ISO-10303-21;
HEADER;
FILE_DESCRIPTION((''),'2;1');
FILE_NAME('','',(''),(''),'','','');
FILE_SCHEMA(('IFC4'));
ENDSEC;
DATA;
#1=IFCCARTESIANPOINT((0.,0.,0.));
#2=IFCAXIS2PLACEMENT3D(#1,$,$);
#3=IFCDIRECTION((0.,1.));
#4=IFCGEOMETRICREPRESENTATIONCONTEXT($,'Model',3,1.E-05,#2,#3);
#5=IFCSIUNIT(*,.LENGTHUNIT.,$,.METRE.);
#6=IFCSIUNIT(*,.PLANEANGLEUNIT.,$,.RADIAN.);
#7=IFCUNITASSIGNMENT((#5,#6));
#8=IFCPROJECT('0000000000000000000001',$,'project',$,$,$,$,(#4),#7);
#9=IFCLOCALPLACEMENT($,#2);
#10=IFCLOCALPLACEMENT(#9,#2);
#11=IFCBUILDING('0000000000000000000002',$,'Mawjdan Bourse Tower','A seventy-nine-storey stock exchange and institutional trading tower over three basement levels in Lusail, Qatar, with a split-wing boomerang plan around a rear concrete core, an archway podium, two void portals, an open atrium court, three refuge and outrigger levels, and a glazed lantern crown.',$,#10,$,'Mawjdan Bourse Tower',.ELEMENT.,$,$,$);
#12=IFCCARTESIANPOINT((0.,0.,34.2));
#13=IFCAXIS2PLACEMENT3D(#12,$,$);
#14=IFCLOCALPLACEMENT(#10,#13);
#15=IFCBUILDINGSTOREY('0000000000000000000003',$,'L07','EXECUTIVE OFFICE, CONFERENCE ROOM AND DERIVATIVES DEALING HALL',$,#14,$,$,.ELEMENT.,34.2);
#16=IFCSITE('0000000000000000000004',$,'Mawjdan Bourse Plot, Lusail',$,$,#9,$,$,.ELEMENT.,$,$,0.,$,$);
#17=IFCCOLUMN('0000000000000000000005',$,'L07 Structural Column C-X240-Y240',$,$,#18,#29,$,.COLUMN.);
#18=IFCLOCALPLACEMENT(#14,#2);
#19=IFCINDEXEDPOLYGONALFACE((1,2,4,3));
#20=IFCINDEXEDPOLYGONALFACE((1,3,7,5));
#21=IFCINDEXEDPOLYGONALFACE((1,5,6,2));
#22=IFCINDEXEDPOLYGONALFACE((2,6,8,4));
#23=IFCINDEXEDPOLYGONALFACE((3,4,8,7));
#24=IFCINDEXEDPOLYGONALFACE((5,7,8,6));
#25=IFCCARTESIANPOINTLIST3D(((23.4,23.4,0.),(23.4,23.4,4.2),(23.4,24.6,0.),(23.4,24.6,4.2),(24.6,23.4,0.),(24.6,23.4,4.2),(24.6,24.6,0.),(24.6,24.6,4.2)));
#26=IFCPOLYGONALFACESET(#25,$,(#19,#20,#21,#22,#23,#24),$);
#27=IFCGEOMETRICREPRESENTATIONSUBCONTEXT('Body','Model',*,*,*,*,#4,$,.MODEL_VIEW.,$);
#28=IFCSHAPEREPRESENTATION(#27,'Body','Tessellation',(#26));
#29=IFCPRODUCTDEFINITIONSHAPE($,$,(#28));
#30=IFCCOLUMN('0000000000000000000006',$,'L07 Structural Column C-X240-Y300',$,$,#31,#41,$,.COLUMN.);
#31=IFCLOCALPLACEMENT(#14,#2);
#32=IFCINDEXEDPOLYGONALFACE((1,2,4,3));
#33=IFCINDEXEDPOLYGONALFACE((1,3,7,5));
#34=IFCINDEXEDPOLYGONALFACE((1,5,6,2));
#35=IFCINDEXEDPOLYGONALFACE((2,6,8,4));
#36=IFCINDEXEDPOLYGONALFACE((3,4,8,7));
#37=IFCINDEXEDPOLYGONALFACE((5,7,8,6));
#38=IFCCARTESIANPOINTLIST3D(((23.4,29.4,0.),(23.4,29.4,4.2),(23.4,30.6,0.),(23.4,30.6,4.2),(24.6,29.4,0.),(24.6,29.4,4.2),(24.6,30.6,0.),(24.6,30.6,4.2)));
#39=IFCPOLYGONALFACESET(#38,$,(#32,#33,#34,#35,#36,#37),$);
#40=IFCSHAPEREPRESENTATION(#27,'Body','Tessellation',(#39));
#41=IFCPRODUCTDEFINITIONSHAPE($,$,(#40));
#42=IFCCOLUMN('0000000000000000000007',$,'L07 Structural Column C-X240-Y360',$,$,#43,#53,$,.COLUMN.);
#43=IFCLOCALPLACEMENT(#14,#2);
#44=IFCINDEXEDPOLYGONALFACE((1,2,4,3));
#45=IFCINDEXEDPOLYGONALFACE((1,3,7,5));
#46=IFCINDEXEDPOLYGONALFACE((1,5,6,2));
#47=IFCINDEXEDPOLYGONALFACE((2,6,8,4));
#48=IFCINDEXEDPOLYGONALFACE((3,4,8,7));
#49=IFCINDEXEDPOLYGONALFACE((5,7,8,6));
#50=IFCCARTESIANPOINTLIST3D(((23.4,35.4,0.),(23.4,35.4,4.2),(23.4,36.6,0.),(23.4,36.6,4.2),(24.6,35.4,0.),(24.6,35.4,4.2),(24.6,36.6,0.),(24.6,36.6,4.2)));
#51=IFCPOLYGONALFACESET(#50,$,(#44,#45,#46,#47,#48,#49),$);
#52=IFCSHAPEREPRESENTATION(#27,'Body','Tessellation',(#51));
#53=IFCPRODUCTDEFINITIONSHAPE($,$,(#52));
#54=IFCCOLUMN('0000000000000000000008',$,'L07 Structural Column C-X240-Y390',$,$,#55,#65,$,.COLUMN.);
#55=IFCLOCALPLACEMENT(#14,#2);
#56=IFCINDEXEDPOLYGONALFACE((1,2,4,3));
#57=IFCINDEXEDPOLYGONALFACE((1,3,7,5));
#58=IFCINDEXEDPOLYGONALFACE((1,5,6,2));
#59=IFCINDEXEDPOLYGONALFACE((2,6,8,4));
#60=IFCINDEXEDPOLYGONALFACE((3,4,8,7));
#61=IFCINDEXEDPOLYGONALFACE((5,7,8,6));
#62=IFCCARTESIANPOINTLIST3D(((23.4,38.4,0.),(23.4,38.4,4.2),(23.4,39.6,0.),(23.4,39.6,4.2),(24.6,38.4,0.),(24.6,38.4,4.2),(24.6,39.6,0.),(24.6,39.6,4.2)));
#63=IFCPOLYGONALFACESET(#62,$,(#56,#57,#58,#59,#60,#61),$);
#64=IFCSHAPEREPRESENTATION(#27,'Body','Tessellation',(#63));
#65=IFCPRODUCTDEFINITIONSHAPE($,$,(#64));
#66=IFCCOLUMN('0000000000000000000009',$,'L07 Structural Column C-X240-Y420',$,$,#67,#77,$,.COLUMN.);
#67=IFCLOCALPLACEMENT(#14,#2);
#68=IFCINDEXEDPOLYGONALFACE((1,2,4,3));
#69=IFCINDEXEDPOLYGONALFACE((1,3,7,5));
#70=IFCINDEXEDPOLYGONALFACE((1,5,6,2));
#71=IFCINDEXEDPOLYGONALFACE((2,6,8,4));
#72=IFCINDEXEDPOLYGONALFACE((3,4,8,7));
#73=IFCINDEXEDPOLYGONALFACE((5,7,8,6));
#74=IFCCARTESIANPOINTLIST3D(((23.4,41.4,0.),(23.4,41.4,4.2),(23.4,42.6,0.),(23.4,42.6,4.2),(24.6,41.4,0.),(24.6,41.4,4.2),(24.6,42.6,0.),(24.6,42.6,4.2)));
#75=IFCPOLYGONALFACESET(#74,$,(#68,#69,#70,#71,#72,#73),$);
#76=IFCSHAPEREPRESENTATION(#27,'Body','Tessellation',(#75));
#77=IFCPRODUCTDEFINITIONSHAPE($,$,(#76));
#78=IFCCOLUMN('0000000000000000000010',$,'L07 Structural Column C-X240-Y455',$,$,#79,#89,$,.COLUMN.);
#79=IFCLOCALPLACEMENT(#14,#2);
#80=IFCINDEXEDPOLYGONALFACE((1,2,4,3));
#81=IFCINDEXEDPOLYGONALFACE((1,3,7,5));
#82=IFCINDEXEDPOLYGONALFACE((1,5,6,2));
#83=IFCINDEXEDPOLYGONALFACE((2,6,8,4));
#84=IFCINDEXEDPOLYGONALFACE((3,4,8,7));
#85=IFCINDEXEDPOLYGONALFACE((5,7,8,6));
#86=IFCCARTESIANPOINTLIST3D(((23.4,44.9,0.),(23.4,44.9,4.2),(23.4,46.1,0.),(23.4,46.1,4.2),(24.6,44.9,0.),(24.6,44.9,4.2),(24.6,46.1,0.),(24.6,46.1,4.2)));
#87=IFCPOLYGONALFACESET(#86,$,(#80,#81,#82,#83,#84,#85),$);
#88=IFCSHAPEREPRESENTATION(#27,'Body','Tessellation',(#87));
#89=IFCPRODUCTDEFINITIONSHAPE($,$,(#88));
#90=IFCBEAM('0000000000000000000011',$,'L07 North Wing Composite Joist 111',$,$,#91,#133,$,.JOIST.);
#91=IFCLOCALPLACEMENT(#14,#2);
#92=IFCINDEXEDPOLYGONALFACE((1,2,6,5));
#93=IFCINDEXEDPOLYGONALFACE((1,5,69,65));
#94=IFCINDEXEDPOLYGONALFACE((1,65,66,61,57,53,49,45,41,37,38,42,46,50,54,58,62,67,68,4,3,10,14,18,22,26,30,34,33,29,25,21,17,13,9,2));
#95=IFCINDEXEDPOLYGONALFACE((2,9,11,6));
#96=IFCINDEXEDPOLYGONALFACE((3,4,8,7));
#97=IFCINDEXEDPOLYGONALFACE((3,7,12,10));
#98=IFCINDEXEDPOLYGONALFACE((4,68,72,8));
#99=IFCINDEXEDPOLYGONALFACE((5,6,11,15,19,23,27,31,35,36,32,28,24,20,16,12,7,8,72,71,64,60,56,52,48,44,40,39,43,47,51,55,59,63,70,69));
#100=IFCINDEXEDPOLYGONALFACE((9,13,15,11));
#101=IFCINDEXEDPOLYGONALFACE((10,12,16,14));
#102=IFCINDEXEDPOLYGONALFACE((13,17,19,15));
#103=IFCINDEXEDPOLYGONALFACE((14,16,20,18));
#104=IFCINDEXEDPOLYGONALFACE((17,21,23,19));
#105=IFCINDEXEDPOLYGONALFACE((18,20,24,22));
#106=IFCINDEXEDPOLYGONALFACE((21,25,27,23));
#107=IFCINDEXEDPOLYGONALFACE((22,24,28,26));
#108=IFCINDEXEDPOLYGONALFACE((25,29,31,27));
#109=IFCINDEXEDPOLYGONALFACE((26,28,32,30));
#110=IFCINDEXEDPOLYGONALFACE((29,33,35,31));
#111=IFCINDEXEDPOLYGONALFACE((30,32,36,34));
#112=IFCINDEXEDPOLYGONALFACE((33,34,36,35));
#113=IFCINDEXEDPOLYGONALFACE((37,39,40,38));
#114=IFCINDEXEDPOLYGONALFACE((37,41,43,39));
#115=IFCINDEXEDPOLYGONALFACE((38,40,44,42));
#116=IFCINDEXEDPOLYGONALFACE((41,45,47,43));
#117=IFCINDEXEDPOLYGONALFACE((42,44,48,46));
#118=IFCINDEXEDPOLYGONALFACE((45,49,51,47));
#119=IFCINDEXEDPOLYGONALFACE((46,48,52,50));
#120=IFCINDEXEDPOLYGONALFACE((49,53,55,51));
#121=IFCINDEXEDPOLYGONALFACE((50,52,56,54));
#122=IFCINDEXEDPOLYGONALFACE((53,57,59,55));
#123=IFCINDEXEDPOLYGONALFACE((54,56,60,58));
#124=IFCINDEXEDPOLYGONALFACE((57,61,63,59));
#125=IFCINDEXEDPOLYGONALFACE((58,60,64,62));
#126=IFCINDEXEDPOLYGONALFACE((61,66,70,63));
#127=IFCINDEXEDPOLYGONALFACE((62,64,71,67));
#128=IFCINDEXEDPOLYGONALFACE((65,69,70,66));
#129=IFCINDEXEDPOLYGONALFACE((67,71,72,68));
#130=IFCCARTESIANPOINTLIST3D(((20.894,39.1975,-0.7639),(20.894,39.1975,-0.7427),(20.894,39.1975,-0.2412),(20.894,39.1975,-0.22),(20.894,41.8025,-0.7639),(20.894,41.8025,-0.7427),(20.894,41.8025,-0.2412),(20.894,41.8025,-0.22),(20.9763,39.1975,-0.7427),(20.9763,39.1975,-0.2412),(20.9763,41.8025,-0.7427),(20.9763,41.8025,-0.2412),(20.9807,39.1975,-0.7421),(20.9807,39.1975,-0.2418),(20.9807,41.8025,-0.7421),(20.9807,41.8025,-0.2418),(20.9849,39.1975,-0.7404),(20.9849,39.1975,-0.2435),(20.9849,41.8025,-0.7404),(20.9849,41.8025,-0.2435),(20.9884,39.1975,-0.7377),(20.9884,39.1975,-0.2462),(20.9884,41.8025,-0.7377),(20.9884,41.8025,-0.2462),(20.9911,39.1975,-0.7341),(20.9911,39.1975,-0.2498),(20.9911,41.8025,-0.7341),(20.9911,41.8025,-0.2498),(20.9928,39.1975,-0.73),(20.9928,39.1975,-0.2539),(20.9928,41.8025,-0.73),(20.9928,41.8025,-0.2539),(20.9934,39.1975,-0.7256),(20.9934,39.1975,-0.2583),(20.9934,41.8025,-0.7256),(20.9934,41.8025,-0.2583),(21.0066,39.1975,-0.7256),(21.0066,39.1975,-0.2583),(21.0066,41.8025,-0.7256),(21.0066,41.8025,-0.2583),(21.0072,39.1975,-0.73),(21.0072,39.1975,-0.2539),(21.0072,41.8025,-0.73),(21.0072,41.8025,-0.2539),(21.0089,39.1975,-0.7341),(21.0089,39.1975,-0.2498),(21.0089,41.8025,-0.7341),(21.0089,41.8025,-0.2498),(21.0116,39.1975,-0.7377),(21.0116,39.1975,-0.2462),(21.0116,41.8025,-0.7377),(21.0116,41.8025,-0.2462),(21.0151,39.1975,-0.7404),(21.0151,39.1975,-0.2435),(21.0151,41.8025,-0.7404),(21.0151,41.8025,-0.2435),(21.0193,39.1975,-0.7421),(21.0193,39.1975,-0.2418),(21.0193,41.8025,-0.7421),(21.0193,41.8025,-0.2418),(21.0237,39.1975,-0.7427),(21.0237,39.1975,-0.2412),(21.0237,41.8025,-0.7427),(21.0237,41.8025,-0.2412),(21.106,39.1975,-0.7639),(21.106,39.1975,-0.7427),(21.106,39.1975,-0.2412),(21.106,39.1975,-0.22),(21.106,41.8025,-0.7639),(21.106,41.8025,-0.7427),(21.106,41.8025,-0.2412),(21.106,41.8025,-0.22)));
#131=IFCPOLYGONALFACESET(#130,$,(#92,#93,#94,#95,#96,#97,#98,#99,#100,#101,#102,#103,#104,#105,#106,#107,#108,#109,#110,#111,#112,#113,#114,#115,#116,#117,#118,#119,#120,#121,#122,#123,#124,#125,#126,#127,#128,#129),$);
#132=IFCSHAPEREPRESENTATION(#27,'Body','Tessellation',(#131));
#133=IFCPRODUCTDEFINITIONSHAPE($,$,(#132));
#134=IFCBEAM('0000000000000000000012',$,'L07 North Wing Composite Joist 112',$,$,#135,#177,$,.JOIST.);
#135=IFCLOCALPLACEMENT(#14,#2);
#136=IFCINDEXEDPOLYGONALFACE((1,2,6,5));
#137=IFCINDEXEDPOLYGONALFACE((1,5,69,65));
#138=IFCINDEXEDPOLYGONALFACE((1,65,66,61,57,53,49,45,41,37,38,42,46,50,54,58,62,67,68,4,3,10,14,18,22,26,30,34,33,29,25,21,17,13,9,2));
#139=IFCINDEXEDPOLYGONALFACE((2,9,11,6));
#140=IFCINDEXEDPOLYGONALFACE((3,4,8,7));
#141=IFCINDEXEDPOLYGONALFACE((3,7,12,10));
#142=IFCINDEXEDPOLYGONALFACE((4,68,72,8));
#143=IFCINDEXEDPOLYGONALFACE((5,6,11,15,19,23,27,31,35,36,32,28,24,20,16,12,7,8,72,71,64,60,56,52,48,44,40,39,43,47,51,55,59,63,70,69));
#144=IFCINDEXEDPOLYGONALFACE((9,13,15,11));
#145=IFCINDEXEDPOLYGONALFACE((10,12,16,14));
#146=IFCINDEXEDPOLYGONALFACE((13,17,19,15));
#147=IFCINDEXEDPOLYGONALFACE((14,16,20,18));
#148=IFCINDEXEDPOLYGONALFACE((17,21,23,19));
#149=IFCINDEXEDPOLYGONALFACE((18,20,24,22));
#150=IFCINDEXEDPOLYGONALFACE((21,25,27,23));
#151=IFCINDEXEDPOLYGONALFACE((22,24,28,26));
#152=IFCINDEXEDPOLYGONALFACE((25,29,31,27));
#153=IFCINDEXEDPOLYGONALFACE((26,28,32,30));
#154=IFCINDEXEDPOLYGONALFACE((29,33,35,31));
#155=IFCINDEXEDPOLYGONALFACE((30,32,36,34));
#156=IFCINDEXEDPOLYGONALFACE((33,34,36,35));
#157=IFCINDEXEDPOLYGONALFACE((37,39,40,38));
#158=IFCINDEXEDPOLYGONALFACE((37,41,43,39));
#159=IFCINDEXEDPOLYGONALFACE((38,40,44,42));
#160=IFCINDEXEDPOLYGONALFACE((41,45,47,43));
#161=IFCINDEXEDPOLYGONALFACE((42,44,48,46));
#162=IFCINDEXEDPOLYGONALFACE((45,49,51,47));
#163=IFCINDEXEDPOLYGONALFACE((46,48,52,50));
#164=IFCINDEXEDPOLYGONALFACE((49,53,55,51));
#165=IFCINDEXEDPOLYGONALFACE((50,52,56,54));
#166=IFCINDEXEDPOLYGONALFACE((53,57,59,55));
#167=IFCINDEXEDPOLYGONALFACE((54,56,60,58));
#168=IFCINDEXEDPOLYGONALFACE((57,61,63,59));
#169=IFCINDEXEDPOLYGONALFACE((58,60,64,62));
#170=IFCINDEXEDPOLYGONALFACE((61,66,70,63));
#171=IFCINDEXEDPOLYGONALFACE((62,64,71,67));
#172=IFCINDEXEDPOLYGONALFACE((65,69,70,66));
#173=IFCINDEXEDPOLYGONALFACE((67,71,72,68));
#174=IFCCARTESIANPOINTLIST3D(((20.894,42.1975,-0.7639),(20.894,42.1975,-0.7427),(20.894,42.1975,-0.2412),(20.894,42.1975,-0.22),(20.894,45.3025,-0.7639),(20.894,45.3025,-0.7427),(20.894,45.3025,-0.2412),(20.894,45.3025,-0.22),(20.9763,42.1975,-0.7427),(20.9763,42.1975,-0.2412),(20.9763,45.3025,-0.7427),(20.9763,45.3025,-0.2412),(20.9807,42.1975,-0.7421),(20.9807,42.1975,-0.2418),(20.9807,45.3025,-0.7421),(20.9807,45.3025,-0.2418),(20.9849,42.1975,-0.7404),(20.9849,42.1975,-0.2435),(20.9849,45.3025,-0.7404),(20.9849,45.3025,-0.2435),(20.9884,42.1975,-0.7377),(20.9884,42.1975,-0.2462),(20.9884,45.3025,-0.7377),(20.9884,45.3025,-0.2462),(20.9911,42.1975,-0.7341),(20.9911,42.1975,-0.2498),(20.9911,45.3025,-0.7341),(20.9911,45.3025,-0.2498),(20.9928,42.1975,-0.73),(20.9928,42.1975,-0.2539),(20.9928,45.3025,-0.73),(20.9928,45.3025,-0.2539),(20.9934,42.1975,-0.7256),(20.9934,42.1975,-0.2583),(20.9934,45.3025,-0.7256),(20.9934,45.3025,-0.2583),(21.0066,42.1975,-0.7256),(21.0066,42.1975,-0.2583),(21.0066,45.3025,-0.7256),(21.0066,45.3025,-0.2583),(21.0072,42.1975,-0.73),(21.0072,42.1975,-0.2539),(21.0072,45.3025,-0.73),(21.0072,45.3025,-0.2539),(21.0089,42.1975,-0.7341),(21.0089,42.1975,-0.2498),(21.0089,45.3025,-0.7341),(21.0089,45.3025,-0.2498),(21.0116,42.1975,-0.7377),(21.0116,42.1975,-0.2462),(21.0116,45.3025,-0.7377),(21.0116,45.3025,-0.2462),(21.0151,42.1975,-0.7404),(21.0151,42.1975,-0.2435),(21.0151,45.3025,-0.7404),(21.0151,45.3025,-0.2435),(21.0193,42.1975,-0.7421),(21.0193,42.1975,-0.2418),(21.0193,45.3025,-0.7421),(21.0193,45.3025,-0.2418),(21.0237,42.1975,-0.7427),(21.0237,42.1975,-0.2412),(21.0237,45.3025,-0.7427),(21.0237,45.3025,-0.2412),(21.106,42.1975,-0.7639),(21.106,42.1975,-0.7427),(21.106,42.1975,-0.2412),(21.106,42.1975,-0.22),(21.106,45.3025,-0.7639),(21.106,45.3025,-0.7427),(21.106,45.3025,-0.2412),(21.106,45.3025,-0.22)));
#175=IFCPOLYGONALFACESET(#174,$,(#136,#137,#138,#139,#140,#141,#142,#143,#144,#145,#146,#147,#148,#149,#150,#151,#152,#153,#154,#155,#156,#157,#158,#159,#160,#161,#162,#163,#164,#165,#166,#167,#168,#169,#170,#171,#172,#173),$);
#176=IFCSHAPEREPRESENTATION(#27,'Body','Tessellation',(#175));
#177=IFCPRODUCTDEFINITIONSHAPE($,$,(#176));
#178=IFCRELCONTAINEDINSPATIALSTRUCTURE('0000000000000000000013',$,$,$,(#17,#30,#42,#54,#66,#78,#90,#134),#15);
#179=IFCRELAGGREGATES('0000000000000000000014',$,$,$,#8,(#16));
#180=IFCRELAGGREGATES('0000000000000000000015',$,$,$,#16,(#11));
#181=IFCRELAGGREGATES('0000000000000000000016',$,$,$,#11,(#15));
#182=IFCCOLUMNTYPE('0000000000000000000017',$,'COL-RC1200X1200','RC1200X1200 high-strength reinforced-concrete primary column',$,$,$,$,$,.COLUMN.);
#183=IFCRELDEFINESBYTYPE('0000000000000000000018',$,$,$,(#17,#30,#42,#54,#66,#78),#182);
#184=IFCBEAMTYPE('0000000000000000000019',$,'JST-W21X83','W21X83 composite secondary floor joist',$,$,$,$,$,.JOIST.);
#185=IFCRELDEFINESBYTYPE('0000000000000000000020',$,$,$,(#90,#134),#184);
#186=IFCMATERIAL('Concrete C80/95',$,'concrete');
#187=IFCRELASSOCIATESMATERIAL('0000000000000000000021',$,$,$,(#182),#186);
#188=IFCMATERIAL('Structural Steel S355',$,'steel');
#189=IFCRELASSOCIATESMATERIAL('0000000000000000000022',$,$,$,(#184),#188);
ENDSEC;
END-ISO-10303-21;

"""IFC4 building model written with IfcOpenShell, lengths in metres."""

from ifc_helpers import new_model, si_unit, direction, frame, origin, origin_2d, place, context, subcontext, project, spatial, rectangle, i_section, extrude, material, material_profile, profile_set, type_object, element, save


model = new_model("IFC4")

# Units and contexts
model_context = context("Model", 3, precision=1e-05, world=origin(), true_north=direction((0.0, 1.0)))
body_context = subcontext(model_context, "Body", "Model", "MODEL_VIEW")
ifc_project = project(units=[si_unit("LENGTHUNIT", "METRE"), si_unit("PLANEANGLEUNIT", "RADIAN")], contexts=[model_context])

# Site, building, storey
site_placement = place(None, origin())
site = spatial("IfcSite", under=ifc_project, at=site_placement, Name="Mawjdan Bourse Plot, Lusail", CompositionType="ELEMENT", RefElevation=0.0)
building_placement = place(site_placement, origin())
building = spatial("IfcBuilding", under=site, at=building_placement, Name="Mawjdan Bourse Tower", Description="A seventy-nine-storey stock exchange and institutional trading tower over three basement levels in Lusail, Qatar, with a split-wing boomerang plan around a rear concrete core, an archway podium, two void portals, an open atrium court, three refuge and outrigger levels, and a glazed lantern crown.", LongName="Mawjdan Bourse Tower", CompositionType="ELEMENT")
storey_placement = place(building_placement, frame((0.0, 0.0, 34.2)))
storey = spatial("IfcBuildingStorey", under=building, at=storey_placement, Name="L07", Description="EXECUTIVE OFFICE, CONFERENCE ROOM AND DERIVATIVES DEALING HALL", CompositionType="ELEMENT", Elevation=34.2)

# Columns
ifc_material_1 = material(Name="Concrete C80/95", Category="concrete")
ifc_material_profile_1 = material_profile(ifc_material_1, rectangle(XDim=1.2, YDim=1.2, at=origin_2d()), Name="RC1200X1200")
ifc_profile_set_1 = profile_set([ifc_material_profile_1], Name="Concrete C80/95")
column_type = type_object("IfcColumnType", Name="COL-RC1200X1200", Description="RC1200X1200 high-strength reinforced-concrete primary column", PredefinedType="COLUMN", material=ifc_profile_set_1)
for number, where, z_axis, x_axis, name in (
    (1, (24.0, 24.0, 0.0), (0.0, 0.0, 1.0), (1.0, 0.0, 0.0), "L07 Structural Column C-X240-Y240"),
    (2, (24.0, 30.0, 0.0), (0.0, 0.0, 1.0), (1.0, 0.0, 0.0), "L07 Structural Column C-X240-Y300"),
    (3, (24.0, 36.0, 0.0), (0.0, 0.0, 1.0), (1.0, 0.0, 0.0), "L07 Structural Column C-X240-Y360"),
    (4, (24.0, 39.0, 0.0), (0.0, 0.0, 1.0), (1.0, 0.0, 0.0), "L07 Structural Column C-X240-Y390"),
    (5, (24.0, 42.0, 0.0), (0.0, 0.0, 1.0), (1.0, 0.0, 0.0), "L07 Structural Column C-X240-Y420"),
    (6, (24.0, 45.5, 0.0), (0.0, 0.0, 1.0), (1.0, 0.0, 0.0), "L07 Structural Column C-X240-Y455"),
):
    element("IfcColumn", number, at=place(storey_placement, frame(where, z_axis=z_axis, x_axis=x_axis)), inside=storey, type_object=column_type, Name=name, PredefinedType="COLUMN", context=body_context, shape_type="SweptSolid", body=[
        extrude(rectangle(XDim=1.2, YDim=1.2, at=origin_2d()), origin(), (0.0, 0.0, 1.0), 4.2),
    ])

# Beams
ifc_material_2 = material(Name="Structural Steel S355", Category="steel")
ifc_material_profile_2 = material_profile(ifc_material_2, i_section(OverallWidth=0.2119, OverallDepth=0.5439, WebThickness=0.0132, FlangeThickness=0.0212, FilletRadius=0.0171, at=origin_2d()), Name="W21X83")
ifc_profile_set_2 = profile_set([ifc_material_profile_2], Name="Structural Steel S355")
beam_type_1 = type_object("IfcBeamType", Name="JST-W21X83", Description="W21X83 composite secondary floor joist", PredefinedType="JOIST", material=ifc_profile_set_2)
beam_1_placement = place(storey_placement, frame((21.0, 39.1975, -0.4919), z_axis=(0.0, 1.0, 0.0), x_axis=(-1.0, 0.0, 0.0)))
element("IfcBeam", 7, at=beam_1_placement, inside=storey, type_object=beam_type_1, Name="L07 North Wing Composite Joist 111", PredefinedType="JOIST", context=body_context, shape_type="SweptSolid", body=[
    extrude(i_section(OverallWidth=0.2119, OverallDepth=0.5439, WebThickness=0.0132, FlangeThickness=0.0212, FilletRadius=0.0171, at=origin_2d()), origin(), (0.0, 0.0, 1.0), 2.605),
])
beam_2_placement = place(storey_placement, frame((21.0, 42.1975, -0.4919), z_axis=(0.0, 1.0, 0.0), x_axis=(-1.0, 0.0, 0.0)))
element("IfcBeam", 8, at=beam_2_placement, inside=storey, type_object=beam_type_1, Name="L07 North Wing Composite Joist 112", PredefinedType="JOIST", context=body_context, shape_type="SweptSolid", body=[
    extrude(i_section(OverallWidth=0.2119, OverallDepth=0.5439, WebThickness=0.0132, FlangeThickness=0.0212, FilletRadius=0.0171, at=origin_2d()), origin(), (0.0, 0.0, 1.0), 3.105),
])

save(model, "model.ifc")
